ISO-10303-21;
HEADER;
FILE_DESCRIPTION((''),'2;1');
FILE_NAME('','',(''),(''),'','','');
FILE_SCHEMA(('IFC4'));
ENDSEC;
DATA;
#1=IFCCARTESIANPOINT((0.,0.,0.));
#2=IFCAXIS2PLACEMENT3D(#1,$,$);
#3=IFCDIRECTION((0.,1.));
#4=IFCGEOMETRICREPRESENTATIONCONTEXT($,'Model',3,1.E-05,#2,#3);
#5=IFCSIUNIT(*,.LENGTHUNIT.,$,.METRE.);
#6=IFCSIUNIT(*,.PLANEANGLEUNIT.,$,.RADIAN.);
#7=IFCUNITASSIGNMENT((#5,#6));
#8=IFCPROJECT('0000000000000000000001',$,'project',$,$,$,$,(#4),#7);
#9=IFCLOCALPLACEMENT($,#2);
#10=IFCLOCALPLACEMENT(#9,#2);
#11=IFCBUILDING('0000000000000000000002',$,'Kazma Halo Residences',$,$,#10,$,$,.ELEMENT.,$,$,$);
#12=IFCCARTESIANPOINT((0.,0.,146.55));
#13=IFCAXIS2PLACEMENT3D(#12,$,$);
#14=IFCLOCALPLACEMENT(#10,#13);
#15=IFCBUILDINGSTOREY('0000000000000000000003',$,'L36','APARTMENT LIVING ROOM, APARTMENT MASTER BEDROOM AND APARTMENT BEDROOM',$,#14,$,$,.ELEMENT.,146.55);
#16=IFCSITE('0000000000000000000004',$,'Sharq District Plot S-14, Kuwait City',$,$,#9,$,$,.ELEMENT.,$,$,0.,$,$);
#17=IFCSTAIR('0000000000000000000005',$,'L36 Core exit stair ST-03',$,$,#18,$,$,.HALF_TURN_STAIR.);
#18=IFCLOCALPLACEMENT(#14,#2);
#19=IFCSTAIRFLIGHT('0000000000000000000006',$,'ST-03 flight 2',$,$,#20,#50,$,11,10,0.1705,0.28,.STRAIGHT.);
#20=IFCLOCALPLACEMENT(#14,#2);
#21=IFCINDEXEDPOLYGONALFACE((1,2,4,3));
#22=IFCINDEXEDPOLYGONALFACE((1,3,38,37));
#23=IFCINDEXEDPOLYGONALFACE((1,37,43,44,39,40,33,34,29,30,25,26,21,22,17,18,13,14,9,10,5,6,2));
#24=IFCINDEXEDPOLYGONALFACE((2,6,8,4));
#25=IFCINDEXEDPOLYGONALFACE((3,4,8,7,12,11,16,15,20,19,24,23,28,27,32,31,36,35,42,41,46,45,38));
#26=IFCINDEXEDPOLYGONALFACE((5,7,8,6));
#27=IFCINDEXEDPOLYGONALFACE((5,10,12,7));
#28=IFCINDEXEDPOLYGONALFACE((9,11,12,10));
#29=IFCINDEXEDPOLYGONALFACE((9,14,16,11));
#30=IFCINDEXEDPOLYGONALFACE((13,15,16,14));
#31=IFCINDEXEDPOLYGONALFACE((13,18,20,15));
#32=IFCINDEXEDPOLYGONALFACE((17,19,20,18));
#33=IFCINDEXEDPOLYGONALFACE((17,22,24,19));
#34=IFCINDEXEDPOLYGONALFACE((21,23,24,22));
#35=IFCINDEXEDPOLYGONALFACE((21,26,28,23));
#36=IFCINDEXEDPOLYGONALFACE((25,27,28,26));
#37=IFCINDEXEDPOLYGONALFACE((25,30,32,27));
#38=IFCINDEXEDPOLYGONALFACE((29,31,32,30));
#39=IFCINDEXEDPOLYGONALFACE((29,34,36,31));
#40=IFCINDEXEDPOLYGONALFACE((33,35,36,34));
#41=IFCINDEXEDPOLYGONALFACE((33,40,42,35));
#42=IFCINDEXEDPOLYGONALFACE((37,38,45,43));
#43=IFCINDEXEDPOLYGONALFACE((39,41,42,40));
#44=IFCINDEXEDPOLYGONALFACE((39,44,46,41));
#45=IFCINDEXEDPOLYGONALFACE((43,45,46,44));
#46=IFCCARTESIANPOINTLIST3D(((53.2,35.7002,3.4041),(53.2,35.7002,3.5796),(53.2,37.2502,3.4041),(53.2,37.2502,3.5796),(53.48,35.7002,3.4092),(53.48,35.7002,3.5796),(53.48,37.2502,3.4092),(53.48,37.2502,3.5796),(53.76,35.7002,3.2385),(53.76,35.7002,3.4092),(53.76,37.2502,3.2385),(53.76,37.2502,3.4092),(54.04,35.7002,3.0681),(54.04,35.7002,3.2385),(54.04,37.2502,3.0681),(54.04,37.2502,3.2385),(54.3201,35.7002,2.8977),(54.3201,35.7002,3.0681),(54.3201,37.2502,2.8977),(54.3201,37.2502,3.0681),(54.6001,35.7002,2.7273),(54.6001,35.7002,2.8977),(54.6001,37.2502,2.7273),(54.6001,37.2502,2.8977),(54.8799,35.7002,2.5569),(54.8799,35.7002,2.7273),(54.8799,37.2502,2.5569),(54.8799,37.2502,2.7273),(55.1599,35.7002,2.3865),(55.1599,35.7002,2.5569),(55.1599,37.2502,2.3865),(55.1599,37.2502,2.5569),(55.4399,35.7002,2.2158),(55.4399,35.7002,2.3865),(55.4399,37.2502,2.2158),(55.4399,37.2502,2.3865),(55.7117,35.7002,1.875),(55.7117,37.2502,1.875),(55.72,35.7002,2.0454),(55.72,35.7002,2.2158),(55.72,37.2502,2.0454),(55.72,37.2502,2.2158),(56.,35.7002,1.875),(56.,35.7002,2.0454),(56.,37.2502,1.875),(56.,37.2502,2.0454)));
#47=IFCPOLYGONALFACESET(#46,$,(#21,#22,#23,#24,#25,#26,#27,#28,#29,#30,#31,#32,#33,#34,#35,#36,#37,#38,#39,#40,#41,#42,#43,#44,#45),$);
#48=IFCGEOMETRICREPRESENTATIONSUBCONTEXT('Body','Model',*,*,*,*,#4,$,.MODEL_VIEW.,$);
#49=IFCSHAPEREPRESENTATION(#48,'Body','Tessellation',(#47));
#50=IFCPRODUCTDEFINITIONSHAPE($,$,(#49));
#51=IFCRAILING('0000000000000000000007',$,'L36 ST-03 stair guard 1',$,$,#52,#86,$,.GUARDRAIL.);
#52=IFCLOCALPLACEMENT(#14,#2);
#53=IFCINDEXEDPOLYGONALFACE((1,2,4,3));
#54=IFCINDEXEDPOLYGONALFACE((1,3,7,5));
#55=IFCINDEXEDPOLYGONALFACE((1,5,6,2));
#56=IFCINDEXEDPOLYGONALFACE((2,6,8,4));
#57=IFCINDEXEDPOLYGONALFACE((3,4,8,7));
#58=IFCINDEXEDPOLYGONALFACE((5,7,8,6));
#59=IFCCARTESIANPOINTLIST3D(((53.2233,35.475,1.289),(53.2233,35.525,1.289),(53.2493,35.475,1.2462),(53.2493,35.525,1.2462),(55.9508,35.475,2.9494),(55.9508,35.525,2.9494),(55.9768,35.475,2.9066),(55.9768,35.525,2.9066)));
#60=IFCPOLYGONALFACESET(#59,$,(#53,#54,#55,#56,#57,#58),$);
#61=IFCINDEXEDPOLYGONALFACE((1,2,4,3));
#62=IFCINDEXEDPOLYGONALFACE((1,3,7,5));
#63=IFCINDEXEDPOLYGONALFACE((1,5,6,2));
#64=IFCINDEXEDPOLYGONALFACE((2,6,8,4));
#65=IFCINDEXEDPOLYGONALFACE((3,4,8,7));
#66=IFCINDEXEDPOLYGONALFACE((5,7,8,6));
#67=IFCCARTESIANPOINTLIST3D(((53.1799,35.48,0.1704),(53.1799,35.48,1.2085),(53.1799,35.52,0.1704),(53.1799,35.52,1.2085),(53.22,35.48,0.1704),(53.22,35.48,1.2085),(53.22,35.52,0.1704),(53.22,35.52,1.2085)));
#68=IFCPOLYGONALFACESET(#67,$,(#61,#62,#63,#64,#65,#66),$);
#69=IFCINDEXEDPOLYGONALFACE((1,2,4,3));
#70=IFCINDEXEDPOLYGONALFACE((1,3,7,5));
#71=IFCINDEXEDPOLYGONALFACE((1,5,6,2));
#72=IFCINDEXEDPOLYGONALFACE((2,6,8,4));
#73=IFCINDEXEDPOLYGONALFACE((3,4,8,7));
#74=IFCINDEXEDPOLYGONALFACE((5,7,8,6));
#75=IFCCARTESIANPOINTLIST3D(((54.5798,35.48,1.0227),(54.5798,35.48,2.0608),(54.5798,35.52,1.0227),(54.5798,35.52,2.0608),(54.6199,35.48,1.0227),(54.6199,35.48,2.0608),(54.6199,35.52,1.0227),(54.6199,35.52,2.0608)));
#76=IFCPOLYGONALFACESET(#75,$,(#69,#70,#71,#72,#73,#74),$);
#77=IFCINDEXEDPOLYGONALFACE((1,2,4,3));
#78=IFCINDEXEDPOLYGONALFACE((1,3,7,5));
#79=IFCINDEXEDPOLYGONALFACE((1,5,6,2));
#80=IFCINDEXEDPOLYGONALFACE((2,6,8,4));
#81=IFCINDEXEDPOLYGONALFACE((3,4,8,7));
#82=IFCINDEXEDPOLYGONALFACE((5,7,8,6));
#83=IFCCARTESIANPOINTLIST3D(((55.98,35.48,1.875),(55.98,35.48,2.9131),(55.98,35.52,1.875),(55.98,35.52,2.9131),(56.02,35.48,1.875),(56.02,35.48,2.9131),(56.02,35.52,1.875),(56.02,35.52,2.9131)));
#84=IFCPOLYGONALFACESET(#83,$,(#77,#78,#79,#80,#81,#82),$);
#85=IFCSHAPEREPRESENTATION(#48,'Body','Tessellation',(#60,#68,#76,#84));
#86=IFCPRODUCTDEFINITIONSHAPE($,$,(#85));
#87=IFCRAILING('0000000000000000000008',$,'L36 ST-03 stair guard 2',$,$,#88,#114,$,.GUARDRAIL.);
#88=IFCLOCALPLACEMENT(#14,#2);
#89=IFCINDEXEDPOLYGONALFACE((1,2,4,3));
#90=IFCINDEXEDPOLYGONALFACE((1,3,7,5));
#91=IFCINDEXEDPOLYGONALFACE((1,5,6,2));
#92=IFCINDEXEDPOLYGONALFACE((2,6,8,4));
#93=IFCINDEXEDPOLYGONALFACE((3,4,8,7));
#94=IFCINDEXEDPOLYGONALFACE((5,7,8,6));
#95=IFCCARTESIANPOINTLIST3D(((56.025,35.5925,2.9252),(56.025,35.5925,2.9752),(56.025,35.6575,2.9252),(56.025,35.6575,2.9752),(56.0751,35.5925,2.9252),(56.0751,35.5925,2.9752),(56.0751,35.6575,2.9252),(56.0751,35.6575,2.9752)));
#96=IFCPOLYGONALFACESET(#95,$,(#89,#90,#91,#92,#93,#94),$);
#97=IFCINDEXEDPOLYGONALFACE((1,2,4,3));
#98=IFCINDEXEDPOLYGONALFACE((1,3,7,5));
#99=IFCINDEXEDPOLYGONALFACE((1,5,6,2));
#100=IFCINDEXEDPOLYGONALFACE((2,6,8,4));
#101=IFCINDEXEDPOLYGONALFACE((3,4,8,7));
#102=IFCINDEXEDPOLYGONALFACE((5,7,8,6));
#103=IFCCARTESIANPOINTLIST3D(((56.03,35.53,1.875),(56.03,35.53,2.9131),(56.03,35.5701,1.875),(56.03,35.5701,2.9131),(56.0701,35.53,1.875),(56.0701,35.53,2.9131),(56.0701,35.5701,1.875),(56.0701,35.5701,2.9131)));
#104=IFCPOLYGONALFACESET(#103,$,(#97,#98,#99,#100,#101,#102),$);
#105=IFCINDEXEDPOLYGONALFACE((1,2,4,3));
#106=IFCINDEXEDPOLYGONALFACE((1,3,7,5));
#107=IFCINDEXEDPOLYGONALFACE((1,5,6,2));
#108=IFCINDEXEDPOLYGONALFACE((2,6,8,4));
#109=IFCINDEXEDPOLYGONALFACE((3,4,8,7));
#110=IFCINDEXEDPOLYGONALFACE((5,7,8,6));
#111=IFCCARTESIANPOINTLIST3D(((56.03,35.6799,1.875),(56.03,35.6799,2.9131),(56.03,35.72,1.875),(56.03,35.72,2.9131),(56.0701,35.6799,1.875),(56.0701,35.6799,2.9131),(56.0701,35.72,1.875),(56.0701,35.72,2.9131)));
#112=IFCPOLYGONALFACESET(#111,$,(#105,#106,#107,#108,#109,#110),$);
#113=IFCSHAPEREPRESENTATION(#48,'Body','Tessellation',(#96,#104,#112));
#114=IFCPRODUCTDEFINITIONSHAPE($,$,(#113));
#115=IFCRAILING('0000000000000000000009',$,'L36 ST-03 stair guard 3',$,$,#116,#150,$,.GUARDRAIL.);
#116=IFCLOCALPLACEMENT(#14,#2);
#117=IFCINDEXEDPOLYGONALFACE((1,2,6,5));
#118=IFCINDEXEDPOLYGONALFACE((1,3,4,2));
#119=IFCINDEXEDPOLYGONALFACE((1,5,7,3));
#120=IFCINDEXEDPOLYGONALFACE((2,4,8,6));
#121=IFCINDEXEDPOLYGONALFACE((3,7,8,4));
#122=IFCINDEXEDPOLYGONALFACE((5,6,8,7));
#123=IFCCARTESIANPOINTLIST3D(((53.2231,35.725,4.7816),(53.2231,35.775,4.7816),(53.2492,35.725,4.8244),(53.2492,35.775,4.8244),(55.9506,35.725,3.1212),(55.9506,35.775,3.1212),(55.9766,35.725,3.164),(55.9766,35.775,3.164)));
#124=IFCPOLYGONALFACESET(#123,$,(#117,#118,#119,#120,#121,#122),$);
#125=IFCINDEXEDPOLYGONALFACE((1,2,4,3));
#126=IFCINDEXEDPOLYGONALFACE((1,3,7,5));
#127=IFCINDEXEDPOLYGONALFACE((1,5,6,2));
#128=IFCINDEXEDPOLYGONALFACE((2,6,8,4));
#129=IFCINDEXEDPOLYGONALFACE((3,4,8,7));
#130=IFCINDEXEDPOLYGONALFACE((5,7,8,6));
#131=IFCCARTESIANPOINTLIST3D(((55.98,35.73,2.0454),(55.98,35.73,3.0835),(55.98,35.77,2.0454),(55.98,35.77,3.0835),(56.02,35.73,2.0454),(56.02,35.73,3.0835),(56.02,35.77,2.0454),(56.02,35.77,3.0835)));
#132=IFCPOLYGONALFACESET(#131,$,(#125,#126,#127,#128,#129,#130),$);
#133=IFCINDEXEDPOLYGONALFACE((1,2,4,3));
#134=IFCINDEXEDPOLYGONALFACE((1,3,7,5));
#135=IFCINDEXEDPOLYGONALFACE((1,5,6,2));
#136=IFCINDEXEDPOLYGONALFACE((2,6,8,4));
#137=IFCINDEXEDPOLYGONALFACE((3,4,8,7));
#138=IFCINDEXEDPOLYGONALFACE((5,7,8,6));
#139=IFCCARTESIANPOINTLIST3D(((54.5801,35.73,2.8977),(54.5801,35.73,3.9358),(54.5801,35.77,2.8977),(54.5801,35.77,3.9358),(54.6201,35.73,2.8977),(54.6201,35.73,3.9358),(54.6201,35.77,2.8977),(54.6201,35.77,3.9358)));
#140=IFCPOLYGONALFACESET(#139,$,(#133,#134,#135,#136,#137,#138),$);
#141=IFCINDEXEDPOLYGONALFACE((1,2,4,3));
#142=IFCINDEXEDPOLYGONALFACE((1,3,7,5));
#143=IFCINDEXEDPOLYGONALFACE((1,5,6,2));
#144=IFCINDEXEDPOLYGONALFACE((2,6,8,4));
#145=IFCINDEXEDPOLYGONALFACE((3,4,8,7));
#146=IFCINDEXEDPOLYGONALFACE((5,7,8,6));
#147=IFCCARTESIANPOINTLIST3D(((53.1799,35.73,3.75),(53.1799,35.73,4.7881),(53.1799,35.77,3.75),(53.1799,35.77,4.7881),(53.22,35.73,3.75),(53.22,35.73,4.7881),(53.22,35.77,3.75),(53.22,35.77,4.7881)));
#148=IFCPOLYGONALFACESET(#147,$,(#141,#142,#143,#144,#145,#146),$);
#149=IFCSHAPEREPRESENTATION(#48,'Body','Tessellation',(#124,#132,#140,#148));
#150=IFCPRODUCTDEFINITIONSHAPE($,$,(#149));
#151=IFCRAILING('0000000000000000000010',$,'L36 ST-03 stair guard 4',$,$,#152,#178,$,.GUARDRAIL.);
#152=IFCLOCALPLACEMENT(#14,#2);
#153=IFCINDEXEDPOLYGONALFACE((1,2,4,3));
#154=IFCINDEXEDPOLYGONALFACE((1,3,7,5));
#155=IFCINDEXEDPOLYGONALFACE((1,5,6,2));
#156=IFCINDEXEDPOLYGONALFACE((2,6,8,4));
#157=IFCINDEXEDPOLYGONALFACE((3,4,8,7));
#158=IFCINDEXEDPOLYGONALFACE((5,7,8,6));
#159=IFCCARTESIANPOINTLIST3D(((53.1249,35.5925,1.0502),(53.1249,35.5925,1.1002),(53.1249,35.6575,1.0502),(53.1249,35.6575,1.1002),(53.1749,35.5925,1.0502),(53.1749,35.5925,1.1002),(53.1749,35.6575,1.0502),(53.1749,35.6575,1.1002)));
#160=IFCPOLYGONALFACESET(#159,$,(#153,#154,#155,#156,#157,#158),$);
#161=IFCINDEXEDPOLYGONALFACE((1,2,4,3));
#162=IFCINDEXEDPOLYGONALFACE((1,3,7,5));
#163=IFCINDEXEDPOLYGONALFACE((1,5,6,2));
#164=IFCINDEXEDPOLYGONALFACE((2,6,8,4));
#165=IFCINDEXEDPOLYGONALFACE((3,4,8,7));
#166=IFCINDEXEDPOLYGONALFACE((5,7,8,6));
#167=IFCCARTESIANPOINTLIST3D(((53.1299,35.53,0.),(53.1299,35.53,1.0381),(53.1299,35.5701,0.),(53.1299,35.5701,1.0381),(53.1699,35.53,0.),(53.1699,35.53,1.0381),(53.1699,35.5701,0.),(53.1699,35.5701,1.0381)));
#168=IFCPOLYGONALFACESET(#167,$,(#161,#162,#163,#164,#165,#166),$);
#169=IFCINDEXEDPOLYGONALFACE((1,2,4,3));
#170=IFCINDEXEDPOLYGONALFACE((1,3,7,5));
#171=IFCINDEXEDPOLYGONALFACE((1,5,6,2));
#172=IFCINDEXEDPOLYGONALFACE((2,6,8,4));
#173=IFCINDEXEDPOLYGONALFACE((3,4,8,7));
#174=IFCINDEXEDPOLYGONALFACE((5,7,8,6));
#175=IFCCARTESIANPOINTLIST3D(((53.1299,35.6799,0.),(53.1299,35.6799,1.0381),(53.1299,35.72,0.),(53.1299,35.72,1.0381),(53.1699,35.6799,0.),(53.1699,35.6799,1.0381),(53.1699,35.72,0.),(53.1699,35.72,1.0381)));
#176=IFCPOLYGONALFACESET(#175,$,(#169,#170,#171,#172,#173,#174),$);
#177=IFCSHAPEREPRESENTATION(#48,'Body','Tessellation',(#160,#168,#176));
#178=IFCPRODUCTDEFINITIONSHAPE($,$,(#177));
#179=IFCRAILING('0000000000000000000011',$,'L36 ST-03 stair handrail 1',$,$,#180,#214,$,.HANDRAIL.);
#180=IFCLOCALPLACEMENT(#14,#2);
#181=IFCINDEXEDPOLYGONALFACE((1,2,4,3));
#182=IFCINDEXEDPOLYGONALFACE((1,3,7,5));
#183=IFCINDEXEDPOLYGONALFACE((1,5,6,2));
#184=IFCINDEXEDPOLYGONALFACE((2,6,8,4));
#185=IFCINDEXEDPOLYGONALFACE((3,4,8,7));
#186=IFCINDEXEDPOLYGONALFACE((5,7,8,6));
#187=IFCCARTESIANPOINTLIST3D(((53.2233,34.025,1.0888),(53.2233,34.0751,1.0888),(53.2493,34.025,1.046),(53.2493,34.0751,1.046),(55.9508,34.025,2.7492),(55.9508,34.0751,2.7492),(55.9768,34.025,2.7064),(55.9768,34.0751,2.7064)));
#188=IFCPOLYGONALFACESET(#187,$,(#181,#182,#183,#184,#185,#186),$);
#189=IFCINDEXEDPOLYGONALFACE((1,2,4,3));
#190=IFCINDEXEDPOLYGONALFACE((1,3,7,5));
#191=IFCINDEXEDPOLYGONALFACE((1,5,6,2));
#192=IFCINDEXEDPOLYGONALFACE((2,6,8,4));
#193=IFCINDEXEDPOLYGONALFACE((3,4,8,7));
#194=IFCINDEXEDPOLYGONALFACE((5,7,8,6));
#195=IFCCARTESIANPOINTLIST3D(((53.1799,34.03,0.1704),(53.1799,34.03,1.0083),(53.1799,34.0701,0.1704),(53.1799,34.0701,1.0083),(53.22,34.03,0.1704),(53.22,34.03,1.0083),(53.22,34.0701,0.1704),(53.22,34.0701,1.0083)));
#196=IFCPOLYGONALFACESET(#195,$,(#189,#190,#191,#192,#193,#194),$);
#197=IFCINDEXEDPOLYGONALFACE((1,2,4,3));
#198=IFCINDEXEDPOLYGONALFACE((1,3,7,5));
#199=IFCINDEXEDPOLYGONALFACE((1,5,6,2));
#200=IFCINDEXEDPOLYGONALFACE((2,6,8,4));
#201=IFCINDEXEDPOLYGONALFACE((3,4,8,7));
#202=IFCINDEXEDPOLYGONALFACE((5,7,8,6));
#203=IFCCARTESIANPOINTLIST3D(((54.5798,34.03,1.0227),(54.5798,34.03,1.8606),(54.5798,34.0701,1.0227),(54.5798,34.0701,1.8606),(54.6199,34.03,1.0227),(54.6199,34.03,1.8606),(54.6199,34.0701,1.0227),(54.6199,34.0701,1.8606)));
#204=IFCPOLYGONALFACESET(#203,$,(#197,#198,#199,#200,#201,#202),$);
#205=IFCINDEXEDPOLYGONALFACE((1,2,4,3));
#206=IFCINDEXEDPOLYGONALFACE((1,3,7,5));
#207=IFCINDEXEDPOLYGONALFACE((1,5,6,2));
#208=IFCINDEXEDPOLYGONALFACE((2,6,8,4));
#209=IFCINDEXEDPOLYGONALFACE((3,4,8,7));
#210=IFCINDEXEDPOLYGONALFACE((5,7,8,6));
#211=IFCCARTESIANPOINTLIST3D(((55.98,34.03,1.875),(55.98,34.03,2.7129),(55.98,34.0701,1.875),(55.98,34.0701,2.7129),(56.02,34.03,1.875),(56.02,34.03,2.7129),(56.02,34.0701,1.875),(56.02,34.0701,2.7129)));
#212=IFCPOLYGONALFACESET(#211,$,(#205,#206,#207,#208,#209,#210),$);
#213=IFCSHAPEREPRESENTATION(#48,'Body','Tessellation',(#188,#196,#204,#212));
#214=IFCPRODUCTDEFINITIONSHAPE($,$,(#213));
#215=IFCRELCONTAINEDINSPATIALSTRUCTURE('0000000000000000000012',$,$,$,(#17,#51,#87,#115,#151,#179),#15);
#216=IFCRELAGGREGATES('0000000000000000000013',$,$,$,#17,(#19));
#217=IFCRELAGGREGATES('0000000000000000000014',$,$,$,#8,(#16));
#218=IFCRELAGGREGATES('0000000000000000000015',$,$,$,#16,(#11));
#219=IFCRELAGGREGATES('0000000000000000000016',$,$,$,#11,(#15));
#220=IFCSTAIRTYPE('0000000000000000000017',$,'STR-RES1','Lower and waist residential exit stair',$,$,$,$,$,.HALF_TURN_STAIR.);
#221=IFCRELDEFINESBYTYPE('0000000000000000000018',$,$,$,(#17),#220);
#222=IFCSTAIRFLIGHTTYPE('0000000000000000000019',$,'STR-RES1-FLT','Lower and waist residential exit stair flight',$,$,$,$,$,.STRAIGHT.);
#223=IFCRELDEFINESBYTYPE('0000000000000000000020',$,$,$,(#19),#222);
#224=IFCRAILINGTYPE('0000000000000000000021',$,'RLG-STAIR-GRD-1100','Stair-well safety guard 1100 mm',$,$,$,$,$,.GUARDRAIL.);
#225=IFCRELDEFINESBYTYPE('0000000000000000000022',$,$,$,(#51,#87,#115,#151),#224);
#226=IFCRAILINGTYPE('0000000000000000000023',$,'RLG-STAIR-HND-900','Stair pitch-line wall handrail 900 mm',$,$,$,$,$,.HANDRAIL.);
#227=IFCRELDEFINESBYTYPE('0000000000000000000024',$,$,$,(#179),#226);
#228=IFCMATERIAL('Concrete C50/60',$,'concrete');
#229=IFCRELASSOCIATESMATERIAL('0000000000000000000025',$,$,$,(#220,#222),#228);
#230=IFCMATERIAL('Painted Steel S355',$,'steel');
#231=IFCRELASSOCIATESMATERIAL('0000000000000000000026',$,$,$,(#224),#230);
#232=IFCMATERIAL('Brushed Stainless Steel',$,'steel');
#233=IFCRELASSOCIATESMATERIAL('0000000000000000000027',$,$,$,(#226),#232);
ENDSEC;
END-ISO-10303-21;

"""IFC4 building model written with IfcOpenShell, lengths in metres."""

from ifc_helpers import new_model, si_unit, direction, frame, origin, origin_2d, place, context, subcontext, project, spatial, polyline, rectangle, outline, extrude, material, type_object, element, aggregate, save


model = new_model("IFC4")

# Units and contexts
model_context = context("Model", 3, precision=1e-05, world=origin(), true_north=direction((0.0, 1.0)))
body_context = subcontext(model_context, "Body", "Model", "MODEL_VIEW")
ifc_project = project(units=[si_unit("LENGTHUNIT", "METRE"), si_unit("PLANEANGLEUNIT", "RADIAN")], contexts=[model_context])

# Site, building, storey
site_placement = place(None, origin())
site = spatial("IfcSite", under=ifc_project, at=site_placement, Name="Sharq District Plot S-14, Kuwait City", CompositionType="ELEMENT", RefElevation=0.0)
building_placement = place(site_placement, origin())
building = spatial("IfcBuilding", under=site, at=building_placement, Name="Kazma Halo Residences", CompositionType="ELEMENT")
storey_placement = place(building_placement, frame((0.0, 0.0, 146.55)))
storey = spatial("IfcBuildingStorey", under=building, at=storey_placement, Name="L36", Description="APARTMENT LIVING ROOM, APARTMENT MASTER BEDROOM AND APARTMENT BEDROOM", CompositionType="ELEMENT", Elevation=146.55)

# Shared definitions
ifc_material_1 = material(Name="Concrete C50/60", Category="concrete")

# Stair, stair flight
stair_type = type_object("IfcStairType", Name="STR-RES1", Description="Lower and waist residential exit stair", PredefinedType="HALF_TURN_STAIR", material=ifc_material_1)
stair_placement = place(storey_placement, origin())
stair = element("IfcStair", 1, at=stair_placement, inside=storey, type_object=stair_type, Name="L36 Core exit stair ST-03", PredefinedType="HALF_TURN_STAIR")
stair_flight_type = type_object("IfcStairFlightType", Name="STR-RES1-FLT", Description="Lower and waist residential exit stair flight", PredefinedType="STRAIGHT", material=ifc_material_1)
stair_flight_1_placement = place(storey_placement, frame((56.0, 36.4751, 1.875), z_axis=(0.0, 0.0, 1.0), x_axis=(-1.0, 0.0, 0.0)))
stair_flight_1 = element("IfcStairFlight", 2, at=stair_flight_1_placement, type_object=stair_flight_type, Name="ST-03 flight 2", NumberOfRisers=11, NumberOfTreads=10, PredefinedType="STRAIGHT", RiserHeight=0.1705, TreadLength=0.28, context=body_context, shape_type="SweptSolid", body=[
    extrude(outline(polyline([(0.0, 0.0), (0.0, 0.1704), (0.28, 0.1704), (0.28, 0.3408), (0.5601, 0.3408), (0.5601, 0.5115), (0.8401, 0.5115), (0.8401, 0.6819), (1.1201, 0.6819), (1.1201, 0.8523), (1.3999, 0.8523), (1.3999, 1.0227), (1.6799, 1.0227), (1.6799, 1.1931), (1.96, 1.1931), (1.96, 1.3635), (2.24, 1.3635), (2.24, 1.5342), (2.52, 1.5342), (2.52, 1.7046), (2.8, 1.7046), (2.8, 1.875), (2.8, 1.5291), (0.2883, 0.0), (0.0, 0.0)])), frame((0.0, 0.7749, 0.0), z_axis=(0.0, -1.0, 0.0), x_axis=(1.0, 0.0, 0.0)), (0.0, 0.0, 1.0), 1.55),
])
aggregate(stair, [stair_flight_1])

# Railings
ifc_material_2 = material(Name="Painted Steel S355", Category="steel")
railing_type_1 = type_object("IfcRailingType", Name="RLG-STAIR-GRD-1100", Description="Stair-well safety guard 1100 mm", PredefinedType="GUARDRAIL", material=ifc_material_2)
railing_1_placement = place(storey_placement, frame((53.2, 35.5, 0.1704)))
element("IfcRailing", 3, at=railing_1_placement, inside=storey, type_object=railing_type_1, Name="L36 ST-03 stair guard 1", PredefinedType="GUARDRAIL", context=body_context, shape_type="SweptSolid", body=[
    extrude(rectangle(XDim=0.05, YDim=0.05, at=origin_2d()), frame((0.0364, 0.0, 1.0972), z_axis=(0.85417, 0.0, 0.519994), x_axis=(0.0, 1.0, 0.0)), (0.0, 0.0, 1.0), 3.1931),
    extrude(rectangle(XDim=0.04, YDim=0.04, at=origin_2d()), origin(), (0.0, 0.0, 1.0), 1.0381),
    extrude(rectangle(XDim=0.04, YDim=0.04, at=origin_2d()), frame((1.3999, 0.0, 0.8523)), (0.0, 0.0, 1.0), 1.0381),
    extrude(rectangle(XDim=0.04, YDim=0.04, at=origin_2d()), frame((2.8, 0.0, 1.7046)), (0.0, 0.0, 1.0), 1.0381),
])
railing_2_placement = place(storey_placement, frame((56.05, 35.55, 1.875)))
element("IfcRailing", 4, at=railing_2_placement, inside=storey, type_object=railing_type_1, Name="L36 ST-03 stair guard 2", PredefinedType="GUARDRAIL", context=body_context, shape_type="SweptSolid", body=[
    extrude(rectangle(XDim=0.05, YDim=0.05, at=origin_2d()), frame((0.0, 0.0425, 1.0752), z_axis=(0.0, 1.0, 0.0), x_axis=(-1.0, 0.0, 0.0)), (0.0, 0.0, 1.0), 0.0649),
    extrude(rectangle(XDim=0.04, YDim=0.04, at=origin_2d()), origin(), (0.0, 0.0, 1.0), 1.0381),
    extrude(rectangle(XDim=0.04, YDim=0.04, at=origin_2d()), frame((0.0, 0.1499, 0.0)), (0.0, 0.0, 1.0), 1.0381),
])
railing_3_placement = place(storey_placement, frame((56.0, 35.75, 2.0454)))
element("IfcRailing", 5, at=railing_3_placement, inside=storey, type_object=railing_type_1, Name="L36 ST-03 stair guard 3", PredefinedType="GUARDRAIL", context=body_context, shape_type="SweptSolid", body=[
    extrude(rectangle(XDim=0.05, YDim=0.05, at=origin_2d()), frame((-0.0364, 0.0, 1.0972), z_axis=(-0.85417, 0.0, 0.519994), x_axis=(0.0, -1.0, 0.0)), (0.0, 0.0, 1.0), 3.1931),
    extrude(rectangle(XDim=0.04, YDim=0.04, at=origin_2d()), origin(), (0.0, 0.0, 1.0), 1.0381),
    extrude(rectangle(XDim=0.04, YDim=0.04, at=origin_2d()), frame((-1.3999, 0.0, 0.8523)), (0.0, 0.0, 1.0), 1.0381),
    extrude(rectangle(XDim=0.04, YDim=0.04, at=origin_2d()), frame((-2.8, 0.0, 1.7046)), (0.0, 0.0, 1.0), 1.0381),
])
railing_4_placement = place(storey_placement, frame((53.1499, 35.55, 0.0)))
element("IfcRailing", 6, at=railing_4_placement, inside=storey, type_object=railing_type_1, Name="L36 ST-03 stair guard 4", PredefinedType="GUARDRAIL", context=body_context, shape_type="SweptSolid", body=[
    extrude(rectangle(XDim=0.05, YDim=0.05, at=origin_2d()), frame((0.0, 0.0425, 1.0752), z_axis=(0.0, 1.0, 0.0), x_axis=(-1.0, 0.0, 0.0)), (0.0, 0.0, 1.0), 0.0649),
    extrude(rectangle(XDim=0.04, YDim=0.04, at=origin_2d()), origin(), (0.0, 0.0, 1.0), 1.0381),
    extrude(rectangle(XDim=0.04, YDim=0.04, at=origin_2d()), frame((0.0, 0.1499, 0.0)), (0.0, 0.0, 1.0), 1.0381),
])
ifc_material_3 = material(Name="Brushed Stainless Steel", Category="steel")
railing_type_2 = type_object("IfcRailingType", Name="RLG-STAIR-HND-900", Description="Stair pitch-line wall handrail 900 mm", PredefinedType="HANDRAIL", material=ifc_material_3)
railing_5_placement = place(storey_placement, frame((53.2, 34.05, 0.1704)))
element("IfcRailing", 7, at=railing_5_placement, inside=storey, type_object=railing_type_2, Name="L36 ST-03 stair handrail 1", PredefinedType="HANDRAIL", context=body_context, shape_type="SweptSolid", body=[
    extrude(rectangle(XDim=0.05, YDim=0.05, at=origin_2d()), frame((0.0364, 0.0, 0.897), z_axis=(0.85417, 0.0, 0.519994), x_axis=(0.0, 1.0, 0.0)), (0.0, 0.0, 1.0), 3.1931),
    extrude(rectangle(XDim=0.04, YDim=0.04, at=origin_2d()), origin(), (0.0, 0.0, 1.0), 0.8379),
    extrude(rectangle(XDim=0.04, YDim=0.04, at=origin_2d()), frame((1.3999, 0.0, 0.8523)), (0.0, 0.0, 1.0), 0.8379),
    extrude(rectangle(XDim=0.04, YDim=0.04, at=origin_2d()), frame((2.8, 0.0, 1.7046)), (0.0, 0.0, 1.0), 0.8379),
])

save(model, "model.ifc")
